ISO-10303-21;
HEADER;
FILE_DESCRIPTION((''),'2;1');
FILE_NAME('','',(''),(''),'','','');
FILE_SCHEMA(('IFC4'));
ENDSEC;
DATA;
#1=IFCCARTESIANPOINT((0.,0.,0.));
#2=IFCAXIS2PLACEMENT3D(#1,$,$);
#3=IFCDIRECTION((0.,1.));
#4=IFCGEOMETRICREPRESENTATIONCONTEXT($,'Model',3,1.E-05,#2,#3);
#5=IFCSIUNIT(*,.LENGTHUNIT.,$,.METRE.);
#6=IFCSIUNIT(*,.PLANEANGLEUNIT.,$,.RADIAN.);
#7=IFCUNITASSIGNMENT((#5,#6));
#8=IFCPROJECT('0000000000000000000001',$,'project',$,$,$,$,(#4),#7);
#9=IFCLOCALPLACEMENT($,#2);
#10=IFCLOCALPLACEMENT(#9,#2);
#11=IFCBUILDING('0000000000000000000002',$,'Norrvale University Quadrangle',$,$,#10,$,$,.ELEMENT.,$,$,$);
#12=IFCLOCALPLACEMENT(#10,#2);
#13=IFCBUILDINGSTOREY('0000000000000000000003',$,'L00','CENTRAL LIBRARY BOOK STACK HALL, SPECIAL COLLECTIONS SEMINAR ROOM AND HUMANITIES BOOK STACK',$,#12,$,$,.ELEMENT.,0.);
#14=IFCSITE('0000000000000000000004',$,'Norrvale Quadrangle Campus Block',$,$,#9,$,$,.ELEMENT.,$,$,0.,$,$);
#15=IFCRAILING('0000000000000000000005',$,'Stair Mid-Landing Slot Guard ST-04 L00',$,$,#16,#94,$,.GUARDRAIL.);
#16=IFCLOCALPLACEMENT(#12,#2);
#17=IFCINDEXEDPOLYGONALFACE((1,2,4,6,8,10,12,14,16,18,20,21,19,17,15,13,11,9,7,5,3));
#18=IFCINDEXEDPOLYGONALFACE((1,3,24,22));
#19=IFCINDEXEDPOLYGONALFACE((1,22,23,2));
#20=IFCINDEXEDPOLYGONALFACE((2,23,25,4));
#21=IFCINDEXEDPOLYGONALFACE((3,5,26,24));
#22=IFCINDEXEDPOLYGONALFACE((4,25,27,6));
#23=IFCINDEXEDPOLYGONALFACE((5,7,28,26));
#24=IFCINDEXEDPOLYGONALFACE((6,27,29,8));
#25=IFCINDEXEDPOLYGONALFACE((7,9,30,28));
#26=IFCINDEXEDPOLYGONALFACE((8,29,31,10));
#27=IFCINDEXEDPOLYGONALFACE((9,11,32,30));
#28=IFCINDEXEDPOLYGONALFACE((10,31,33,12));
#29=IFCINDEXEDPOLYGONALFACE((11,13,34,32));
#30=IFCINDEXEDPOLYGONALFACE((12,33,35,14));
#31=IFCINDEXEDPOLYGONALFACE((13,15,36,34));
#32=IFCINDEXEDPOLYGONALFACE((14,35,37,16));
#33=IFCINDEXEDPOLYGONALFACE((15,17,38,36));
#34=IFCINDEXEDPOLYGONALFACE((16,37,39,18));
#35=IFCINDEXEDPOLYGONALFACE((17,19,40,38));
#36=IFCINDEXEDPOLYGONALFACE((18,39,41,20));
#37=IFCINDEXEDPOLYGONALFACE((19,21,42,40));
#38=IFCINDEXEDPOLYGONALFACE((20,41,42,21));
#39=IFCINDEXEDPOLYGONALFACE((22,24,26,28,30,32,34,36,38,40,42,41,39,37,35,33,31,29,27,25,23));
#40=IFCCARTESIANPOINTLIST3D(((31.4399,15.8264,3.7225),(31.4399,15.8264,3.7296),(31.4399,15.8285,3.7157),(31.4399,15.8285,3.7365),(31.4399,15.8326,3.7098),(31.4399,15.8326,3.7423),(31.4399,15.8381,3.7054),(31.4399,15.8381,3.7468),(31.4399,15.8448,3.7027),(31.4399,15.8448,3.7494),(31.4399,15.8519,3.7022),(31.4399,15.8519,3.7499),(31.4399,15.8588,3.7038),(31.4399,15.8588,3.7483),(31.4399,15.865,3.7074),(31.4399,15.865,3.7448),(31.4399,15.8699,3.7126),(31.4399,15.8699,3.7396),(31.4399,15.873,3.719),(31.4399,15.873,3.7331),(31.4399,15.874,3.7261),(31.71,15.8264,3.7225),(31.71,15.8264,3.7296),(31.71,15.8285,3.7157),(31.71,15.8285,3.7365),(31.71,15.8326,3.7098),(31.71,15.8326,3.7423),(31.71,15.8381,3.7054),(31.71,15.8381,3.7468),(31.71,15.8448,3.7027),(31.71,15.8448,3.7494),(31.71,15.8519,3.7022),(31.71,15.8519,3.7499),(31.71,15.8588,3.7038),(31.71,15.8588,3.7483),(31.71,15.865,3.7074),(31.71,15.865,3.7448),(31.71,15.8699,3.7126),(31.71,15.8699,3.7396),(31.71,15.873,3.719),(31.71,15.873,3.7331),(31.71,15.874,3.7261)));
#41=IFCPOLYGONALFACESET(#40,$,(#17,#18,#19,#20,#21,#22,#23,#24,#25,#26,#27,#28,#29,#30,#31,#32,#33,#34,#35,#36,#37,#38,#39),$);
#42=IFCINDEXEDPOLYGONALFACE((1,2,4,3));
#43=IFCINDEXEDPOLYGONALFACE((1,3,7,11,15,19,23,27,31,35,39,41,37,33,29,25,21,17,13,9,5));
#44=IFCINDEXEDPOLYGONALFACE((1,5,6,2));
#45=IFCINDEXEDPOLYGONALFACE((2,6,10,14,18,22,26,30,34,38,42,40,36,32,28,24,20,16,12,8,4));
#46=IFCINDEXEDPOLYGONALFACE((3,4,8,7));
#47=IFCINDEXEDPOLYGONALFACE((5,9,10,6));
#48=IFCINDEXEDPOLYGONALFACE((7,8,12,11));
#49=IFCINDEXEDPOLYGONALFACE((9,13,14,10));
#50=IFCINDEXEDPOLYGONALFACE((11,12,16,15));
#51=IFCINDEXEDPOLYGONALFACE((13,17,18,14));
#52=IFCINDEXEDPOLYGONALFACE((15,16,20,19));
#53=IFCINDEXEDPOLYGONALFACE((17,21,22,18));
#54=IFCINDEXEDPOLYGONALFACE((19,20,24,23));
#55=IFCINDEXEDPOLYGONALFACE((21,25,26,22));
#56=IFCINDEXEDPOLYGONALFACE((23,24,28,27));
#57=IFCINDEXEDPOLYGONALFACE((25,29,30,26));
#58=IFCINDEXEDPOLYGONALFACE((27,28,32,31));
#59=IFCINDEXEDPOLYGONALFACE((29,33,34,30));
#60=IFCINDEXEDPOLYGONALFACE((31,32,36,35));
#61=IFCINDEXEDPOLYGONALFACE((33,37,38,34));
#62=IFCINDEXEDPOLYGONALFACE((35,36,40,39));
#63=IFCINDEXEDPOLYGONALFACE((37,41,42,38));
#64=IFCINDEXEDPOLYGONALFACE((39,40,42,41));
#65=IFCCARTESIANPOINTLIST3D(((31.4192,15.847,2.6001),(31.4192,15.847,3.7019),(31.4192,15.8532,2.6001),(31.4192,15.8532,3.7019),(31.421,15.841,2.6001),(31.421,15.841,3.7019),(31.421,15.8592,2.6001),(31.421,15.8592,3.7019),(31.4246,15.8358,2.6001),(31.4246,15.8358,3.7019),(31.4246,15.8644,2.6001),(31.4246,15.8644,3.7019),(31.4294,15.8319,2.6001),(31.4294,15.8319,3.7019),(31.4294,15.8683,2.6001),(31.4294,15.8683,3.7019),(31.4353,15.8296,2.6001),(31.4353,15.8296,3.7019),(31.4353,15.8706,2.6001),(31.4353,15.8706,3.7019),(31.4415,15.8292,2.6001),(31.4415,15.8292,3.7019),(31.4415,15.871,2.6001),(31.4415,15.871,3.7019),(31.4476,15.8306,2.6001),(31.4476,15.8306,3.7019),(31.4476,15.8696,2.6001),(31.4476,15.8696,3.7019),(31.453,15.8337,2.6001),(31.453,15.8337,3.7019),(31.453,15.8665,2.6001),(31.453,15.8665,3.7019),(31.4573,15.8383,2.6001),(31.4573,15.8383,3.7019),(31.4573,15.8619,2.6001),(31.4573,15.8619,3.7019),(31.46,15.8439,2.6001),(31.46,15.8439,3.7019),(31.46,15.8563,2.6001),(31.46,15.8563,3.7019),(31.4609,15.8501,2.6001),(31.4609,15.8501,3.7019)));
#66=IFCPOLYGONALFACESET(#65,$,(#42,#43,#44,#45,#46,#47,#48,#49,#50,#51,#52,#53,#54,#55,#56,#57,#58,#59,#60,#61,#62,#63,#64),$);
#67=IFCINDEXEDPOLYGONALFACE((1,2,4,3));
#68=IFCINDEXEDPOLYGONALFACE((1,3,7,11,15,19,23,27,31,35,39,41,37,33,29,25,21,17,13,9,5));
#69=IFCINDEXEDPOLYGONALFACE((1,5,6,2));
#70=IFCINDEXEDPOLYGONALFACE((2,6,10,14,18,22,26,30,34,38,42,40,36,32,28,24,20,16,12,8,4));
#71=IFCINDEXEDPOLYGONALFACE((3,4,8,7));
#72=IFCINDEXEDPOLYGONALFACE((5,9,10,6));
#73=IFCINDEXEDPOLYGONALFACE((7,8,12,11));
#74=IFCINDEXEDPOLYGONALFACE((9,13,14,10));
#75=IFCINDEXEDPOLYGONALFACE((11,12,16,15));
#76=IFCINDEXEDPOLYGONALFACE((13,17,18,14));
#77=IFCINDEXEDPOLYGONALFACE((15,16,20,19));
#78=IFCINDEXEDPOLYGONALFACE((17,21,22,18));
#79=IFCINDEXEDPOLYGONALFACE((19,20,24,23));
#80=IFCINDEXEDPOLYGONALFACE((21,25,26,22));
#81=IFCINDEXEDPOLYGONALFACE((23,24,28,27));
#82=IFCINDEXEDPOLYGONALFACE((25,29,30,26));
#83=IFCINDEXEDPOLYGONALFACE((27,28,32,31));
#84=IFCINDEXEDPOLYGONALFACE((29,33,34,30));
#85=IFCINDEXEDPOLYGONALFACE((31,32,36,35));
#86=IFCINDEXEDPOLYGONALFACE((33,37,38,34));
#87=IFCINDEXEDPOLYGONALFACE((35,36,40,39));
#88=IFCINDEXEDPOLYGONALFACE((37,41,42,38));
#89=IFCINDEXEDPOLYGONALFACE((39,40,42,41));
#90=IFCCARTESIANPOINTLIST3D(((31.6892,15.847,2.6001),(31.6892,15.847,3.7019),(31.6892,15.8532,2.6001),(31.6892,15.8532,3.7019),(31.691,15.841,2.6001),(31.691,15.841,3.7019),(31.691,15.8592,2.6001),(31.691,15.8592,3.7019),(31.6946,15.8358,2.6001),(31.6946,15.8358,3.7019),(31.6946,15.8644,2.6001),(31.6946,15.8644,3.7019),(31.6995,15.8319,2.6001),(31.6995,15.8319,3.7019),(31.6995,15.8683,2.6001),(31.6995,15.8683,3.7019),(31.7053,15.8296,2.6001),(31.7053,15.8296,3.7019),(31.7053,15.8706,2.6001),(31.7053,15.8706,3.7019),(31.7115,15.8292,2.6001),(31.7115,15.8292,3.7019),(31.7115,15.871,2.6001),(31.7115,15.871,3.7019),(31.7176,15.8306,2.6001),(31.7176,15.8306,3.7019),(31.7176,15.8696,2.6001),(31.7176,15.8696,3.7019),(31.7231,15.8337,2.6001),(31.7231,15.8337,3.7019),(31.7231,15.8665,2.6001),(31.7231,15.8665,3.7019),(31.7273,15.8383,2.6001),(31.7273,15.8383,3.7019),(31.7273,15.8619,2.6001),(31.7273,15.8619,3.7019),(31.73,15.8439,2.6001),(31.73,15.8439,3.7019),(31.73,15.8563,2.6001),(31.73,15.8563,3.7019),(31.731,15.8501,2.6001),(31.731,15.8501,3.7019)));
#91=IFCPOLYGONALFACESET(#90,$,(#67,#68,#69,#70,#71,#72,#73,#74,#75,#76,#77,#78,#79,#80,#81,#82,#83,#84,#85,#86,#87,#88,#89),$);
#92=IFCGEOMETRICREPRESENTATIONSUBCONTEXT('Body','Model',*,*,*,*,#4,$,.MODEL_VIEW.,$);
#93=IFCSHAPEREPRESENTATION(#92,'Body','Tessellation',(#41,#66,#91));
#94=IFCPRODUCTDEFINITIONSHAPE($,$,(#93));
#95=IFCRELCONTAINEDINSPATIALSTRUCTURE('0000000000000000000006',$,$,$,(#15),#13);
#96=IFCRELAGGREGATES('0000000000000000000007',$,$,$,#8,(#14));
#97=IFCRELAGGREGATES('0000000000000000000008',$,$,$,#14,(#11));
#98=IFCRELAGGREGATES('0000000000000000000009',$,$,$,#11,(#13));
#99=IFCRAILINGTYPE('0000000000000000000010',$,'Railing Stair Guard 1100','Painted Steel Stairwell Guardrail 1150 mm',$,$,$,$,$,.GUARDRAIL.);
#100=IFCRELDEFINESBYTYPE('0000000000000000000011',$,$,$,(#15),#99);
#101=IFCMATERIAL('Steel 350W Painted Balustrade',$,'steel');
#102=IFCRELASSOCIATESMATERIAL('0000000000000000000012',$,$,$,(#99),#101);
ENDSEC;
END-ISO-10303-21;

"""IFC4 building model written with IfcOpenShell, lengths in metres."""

from ifc_helpers import new_model, si_unit, direction, frame, origin, origin_2d, place, context, subcontext, project, spatial, circle, extrude, material, type_object, element, save


model = new_model("IFC4")

# Units and contexts
model_context = context("Model", 3, precision=1e-05, world=origin(), true_north=direction((0.0, 1.0)))
body_context = subcontext(model_context, "Body", "Model", "MODEL_VIEW")
ifc_project = project(units=[si_unit("LENGTHUNIT", "METRE"), si_unit("PLANEANGLEUNIT", "RADIAN")], contexts=[model_context])

# Site, building, storey
site_placement = place(None, origin())
site = spatial("IfcSite", under=ifc_project, at=site_placement, Name="Norrvale Quadrangle Campus Block", CompositionType="ELEMENT", RefElevation=0.0)
building_placement = place(site_placement, origin())
building = spatial("IfcBuilding", under=site, at=building_placement, Name="Norrvale University Quadrangle", CompositionType="ELEMENT")
storey_placement = place(building_placement, origin())
storey = spatial("IfcBuildingStorey", under=building, at=storey_placement, Name="L00", Description="CENTRAL LIBRARY BOOK STACK HALL, SPECIAL COLLECTIONS SEMINAR ROOM AND HUMANITIES BOOK STACK", CompositionType="ELEMENT", Elevation=0.0)

# Railing
ifc_material_1 = material(Name="Steel 350W Painted Balustrade", Category="steel")
railing_type_1 = type_object("IfcRailingType", Name="Railing Stair Guard 1100", Description="Painted Steel Stairwell Guardrail 1150 mm", PredefinedType="GUARDRAIL", material=ifc_material_1)
for number, where, name in (
    (1, (31.4399, 15.8501, 2.6001), "Stair Mid-Landing Slot Guard ST-04 L00"),
):
    element("IfcRailing", number, at=place(storey_placement, frame(where)), inside=storey, type_object=railing_type_1, Name=name, PredefinedType="GUARDRAIL", context=body_context, shape_type="SweptSolid", body=[
        extrude(circle(Radius=0.0239, at=origin_2d()), frame((0.0, 0.0, 1.126), z_axis=(1.0, 0.0, 0.0), x_axis=(0.0, 1.0, 0.0)), (0.0, 0.0, 1.0), 0.27),
        extrude(circle(Radius=0.021, at=origin_2d()), origin(), (0.0, 0.0, 1.0), 1.1018),
        extrude(circle(Radius=0.021, at=origin_2d()), frame((0.27, 0.0, 0.0)), (0.0, 0.0, 1.0), 1.1018),
    ])

save(model, "model.ifc")
